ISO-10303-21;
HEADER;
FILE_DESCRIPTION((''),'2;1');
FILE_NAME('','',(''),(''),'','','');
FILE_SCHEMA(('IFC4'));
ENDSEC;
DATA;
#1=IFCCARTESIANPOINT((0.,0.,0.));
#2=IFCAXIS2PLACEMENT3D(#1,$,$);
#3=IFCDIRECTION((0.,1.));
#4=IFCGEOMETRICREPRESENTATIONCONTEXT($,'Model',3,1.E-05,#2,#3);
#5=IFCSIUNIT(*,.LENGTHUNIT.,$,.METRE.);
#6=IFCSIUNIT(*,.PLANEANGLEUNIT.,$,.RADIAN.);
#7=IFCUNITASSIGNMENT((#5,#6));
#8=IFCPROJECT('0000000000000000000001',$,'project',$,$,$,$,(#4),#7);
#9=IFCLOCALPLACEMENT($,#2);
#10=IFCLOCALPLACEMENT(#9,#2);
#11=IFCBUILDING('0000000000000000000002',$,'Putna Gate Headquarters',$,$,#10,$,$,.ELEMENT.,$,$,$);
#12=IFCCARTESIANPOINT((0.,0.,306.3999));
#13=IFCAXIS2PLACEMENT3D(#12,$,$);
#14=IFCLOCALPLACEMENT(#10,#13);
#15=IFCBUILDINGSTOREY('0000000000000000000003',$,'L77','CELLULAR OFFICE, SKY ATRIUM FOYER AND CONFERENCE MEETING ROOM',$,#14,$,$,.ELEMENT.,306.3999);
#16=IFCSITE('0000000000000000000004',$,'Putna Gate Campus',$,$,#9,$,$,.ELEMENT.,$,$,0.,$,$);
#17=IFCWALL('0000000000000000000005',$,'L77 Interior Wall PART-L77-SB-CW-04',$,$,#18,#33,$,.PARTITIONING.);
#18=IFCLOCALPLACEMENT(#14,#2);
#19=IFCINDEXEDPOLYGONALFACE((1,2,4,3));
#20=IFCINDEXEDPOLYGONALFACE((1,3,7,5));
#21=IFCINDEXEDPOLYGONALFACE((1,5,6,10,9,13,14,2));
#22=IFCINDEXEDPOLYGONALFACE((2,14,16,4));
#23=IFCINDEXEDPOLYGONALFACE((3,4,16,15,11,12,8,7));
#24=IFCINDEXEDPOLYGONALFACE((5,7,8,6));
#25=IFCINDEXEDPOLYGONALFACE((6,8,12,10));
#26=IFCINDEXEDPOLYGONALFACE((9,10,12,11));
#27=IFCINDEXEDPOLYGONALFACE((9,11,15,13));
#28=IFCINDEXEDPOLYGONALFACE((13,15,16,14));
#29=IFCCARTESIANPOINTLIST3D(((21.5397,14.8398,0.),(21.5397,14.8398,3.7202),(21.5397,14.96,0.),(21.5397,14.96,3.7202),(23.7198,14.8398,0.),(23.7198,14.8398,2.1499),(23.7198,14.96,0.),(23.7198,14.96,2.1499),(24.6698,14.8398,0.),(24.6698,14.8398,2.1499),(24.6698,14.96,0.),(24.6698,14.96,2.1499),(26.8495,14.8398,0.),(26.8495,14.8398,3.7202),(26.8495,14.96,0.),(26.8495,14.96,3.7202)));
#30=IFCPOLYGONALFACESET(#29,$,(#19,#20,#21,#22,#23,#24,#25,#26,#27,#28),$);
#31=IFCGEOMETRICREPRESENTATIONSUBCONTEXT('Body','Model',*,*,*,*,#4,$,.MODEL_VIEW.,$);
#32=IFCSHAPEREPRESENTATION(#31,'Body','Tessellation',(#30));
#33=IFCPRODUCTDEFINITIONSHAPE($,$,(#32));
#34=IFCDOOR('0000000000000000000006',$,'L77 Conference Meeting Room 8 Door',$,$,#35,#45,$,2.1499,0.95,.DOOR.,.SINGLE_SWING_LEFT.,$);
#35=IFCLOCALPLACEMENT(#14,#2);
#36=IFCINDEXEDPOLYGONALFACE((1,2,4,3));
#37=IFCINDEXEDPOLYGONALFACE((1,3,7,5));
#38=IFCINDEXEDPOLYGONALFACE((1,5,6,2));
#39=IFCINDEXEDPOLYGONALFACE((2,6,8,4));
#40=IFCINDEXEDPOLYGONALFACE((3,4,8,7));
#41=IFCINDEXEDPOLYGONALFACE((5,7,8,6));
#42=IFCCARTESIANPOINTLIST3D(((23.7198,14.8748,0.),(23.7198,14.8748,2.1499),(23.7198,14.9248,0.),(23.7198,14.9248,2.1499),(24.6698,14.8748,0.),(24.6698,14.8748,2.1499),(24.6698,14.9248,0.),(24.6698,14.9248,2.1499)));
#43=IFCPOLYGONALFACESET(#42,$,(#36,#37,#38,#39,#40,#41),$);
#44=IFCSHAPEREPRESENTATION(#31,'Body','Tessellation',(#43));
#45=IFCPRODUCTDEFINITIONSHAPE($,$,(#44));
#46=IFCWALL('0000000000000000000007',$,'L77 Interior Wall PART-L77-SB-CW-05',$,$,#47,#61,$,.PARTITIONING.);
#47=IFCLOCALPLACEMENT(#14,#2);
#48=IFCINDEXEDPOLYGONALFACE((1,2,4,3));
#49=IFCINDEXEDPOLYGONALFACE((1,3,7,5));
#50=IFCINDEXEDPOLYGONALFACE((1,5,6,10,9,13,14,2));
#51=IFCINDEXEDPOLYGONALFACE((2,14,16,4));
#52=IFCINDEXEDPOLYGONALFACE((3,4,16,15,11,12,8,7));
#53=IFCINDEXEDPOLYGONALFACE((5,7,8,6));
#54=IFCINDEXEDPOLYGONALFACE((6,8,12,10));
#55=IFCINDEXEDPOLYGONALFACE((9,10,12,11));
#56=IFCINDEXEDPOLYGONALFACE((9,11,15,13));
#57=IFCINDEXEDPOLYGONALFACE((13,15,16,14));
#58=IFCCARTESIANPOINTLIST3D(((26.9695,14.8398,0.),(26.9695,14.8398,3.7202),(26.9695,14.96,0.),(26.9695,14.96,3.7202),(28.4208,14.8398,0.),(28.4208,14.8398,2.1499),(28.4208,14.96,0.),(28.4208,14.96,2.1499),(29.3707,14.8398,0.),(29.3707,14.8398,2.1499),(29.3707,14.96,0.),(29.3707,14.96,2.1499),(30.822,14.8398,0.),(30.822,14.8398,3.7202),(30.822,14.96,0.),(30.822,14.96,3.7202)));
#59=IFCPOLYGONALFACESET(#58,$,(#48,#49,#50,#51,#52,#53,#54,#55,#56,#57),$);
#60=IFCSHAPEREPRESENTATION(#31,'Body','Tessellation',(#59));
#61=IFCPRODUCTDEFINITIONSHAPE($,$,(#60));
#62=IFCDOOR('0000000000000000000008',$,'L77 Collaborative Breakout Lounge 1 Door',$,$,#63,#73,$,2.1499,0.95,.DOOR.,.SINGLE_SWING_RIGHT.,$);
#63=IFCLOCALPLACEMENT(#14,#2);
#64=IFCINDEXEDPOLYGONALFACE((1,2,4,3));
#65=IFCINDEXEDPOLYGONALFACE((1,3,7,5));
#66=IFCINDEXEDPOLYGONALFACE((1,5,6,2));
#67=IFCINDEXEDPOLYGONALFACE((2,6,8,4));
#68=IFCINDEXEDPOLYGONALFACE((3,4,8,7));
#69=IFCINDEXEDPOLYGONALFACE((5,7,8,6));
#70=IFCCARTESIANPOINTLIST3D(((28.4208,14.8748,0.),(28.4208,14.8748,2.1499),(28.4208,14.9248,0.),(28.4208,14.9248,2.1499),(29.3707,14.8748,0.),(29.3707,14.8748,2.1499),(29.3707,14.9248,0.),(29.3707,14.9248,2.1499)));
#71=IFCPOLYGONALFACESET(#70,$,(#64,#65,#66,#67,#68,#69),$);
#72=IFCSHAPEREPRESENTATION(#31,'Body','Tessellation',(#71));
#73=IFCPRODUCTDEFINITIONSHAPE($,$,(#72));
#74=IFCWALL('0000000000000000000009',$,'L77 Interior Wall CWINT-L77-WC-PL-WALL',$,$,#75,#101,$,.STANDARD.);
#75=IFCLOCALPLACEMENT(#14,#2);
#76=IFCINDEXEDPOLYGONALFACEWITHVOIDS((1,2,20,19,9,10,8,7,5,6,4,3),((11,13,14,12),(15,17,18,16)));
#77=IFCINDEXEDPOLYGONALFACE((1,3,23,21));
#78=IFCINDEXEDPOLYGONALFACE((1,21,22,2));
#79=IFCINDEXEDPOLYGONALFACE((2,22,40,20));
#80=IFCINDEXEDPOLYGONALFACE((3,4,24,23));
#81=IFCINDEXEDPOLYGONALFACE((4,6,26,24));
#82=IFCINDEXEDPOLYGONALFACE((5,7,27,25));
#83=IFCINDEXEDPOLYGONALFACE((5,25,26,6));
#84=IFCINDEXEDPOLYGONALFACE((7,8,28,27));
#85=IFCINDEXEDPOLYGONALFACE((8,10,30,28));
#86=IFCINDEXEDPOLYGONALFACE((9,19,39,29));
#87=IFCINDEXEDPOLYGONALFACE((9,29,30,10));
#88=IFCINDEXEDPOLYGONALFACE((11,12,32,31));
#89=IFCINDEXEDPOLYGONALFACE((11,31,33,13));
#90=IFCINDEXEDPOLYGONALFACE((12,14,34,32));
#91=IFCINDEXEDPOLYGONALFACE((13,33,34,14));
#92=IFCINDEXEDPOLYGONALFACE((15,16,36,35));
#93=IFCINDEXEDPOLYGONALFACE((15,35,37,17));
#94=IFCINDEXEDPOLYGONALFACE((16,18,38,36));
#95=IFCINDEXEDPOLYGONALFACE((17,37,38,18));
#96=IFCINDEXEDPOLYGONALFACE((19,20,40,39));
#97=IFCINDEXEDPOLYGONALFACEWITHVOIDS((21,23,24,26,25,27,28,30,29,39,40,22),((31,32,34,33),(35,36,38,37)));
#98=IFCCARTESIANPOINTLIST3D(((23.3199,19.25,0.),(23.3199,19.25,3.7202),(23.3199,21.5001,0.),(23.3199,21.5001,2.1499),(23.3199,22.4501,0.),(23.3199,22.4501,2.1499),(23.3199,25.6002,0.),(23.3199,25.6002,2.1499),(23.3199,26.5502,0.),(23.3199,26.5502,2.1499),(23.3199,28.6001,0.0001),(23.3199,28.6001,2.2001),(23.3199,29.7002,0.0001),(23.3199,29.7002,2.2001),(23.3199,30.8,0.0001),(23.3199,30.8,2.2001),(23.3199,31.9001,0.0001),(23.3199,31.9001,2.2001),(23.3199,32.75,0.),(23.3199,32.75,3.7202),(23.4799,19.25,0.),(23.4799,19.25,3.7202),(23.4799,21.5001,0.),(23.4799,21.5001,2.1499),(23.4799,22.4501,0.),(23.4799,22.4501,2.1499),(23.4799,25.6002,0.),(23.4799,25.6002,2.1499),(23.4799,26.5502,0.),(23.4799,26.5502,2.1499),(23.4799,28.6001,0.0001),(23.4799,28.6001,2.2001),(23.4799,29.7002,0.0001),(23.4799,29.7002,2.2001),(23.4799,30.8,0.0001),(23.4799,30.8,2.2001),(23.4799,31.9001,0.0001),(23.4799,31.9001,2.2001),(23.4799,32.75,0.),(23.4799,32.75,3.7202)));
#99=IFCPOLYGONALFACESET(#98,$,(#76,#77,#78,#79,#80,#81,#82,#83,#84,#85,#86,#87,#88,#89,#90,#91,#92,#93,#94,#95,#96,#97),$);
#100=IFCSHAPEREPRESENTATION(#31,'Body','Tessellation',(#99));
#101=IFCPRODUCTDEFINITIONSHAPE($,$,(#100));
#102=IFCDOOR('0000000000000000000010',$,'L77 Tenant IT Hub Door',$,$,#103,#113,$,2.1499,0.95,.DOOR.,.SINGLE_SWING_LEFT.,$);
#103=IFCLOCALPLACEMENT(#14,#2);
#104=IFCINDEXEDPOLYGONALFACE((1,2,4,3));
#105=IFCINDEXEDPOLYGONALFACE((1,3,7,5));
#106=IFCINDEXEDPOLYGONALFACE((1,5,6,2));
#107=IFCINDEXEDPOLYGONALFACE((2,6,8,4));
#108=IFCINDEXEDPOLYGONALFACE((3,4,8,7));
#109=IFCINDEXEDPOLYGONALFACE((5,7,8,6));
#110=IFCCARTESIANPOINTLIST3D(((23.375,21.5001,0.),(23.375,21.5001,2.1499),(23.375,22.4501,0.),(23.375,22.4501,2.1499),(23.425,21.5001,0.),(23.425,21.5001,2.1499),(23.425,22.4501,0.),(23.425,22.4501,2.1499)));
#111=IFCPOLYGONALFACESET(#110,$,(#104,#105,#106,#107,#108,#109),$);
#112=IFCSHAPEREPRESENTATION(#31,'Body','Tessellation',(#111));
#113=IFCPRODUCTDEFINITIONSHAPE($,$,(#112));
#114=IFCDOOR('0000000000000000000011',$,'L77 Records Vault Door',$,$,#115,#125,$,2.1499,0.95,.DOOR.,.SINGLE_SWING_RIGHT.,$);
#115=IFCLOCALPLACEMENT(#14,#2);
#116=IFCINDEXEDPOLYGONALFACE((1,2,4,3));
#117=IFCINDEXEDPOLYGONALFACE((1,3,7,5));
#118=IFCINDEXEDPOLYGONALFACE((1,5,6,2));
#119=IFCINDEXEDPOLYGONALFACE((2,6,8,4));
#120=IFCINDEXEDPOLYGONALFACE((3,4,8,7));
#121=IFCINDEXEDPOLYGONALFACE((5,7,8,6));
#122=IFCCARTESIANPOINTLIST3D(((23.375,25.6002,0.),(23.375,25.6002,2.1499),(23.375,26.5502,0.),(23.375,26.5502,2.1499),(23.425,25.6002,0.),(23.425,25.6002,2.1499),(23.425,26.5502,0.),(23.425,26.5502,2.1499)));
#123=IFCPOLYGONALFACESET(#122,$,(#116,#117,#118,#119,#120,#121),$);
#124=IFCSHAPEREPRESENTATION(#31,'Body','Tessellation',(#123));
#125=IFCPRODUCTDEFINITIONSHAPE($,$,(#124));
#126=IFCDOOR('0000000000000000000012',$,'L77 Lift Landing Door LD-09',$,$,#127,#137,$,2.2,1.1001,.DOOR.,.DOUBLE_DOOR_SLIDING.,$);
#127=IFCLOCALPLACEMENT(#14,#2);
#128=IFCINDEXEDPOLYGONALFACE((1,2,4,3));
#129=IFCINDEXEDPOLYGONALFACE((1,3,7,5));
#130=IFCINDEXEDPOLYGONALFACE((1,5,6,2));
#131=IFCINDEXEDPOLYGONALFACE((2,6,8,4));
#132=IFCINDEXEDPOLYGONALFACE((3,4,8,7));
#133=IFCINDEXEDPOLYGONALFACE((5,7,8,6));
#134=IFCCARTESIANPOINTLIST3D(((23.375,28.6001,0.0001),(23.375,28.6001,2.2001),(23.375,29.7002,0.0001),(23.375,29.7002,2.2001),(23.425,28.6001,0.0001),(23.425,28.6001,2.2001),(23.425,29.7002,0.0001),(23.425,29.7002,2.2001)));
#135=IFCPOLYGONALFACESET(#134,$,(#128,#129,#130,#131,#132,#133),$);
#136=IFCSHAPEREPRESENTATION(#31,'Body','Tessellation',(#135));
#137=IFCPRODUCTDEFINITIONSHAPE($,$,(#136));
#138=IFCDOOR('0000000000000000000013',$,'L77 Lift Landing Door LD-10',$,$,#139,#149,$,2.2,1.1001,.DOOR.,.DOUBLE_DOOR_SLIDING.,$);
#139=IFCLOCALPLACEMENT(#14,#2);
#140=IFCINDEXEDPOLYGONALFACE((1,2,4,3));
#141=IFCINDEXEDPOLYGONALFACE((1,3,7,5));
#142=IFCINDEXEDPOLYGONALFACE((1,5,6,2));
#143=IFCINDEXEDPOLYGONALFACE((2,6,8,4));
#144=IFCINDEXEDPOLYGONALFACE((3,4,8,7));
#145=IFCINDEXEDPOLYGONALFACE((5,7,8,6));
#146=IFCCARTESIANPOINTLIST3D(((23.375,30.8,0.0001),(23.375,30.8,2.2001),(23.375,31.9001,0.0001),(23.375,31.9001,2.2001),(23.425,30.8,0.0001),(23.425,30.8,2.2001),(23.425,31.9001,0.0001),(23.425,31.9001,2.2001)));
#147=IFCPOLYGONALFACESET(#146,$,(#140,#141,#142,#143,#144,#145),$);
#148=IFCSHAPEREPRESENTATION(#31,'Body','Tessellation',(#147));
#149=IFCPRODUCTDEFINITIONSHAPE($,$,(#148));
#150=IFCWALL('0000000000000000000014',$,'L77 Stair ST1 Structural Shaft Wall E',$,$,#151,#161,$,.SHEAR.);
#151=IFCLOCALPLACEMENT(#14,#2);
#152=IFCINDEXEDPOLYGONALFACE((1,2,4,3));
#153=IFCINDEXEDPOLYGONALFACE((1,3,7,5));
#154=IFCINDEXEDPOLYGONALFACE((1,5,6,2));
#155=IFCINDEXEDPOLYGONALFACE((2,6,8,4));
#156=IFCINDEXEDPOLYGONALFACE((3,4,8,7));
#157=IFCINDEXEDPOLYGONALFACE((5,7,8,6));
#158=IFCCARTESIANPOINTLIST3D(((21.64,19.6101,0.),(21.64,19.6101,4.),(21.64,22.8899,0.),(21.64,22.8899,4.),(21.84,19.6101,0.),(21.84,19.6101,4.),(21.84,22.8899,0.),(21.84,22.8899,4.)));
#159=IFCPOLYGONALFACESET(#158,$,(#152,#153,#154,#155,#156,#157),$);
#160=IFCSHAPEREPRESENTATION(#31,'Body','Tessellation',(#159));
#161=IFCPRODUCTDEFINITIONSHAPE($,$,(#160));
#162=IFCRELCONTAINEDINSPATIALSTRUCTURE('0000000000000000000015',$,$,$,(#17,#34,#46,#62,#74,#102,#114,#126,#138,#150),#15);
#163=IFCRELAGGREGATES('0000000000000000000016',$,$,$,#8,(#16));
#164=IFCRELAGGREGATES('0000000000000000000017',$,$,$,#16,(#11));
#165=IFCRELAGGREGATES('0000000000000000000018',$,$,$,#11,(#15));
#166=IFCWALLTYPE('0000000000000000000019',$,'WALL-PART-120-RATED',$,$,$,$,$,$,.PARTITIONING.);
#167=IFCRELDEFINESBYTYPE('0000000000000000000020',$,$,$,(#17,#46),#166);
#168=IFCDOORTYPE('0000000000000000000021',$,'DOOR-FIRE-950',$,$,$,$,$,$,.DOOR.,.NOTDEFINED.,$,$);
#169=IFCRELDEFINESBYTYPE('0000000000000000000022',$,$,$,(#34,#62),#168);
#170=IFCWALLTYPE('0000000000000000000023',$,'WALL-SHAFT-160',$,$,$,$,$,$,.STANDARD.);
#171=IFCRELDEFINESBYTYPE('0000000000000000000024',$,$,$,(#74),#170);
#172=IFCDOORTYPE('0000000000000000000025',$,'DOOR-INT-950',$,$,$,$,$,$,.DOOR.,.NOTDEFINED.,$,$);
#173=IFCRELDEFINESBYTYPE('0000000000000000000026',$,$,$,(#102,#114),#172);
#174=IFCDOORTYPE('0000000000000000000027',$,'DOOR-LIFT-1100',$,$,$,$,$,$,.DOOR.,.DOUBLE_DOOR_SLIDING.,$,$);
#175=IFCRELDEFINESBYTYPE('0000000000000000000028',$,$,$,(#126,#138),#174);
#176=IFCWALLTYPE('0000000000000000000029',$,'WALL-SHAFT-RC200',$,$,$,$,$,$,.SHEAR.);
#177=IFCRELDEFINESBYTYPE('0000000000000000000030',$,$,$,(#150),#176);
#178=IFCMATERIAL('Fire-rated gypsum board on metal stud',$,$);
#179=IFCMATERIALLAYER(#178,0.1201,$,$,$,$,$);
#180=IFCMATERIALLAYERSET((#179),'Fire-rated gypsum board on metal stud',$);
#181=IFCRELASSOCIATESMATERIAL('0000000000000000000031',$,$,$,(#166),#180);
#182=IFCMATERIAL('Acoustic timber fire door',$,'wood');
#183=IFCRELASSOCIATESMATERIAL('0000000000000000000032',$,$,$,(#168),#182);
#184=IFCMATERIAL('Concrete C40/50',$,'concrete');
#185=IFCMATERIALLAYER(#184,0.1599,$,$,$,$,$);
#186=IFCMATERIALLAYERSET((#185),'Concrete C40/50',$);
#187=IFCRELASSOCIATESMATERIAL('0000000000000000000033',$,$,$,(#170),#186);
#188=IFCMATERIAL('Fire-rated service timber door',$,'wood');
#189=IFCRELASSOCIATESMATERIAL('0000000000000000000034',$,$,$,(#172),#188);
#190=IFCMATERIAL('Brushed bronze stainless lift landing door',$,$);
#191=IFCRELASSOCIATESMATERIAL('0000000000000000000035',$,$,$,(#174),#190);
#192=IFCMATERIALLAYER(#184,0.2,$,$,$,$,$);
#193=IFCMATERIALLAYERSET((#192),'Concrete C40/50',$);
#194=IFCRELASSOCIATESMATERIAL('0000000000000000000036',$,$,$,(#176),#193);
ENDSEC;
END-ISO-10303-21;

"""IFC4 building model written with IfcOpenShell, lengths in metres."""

from ifc_helpers import new_model, si_unit, direction, frame, frame_2d, origin, place, context, subcontext, project, spatial, rectangle, extrude, material, layer, layer_set, type_object, element, fill, save


model = new_model("IFC4")

# Units and contexts
model_context = context("Model", 3, precision=1e-05, world=origin(), true_north=direction((0.0, 1.0)))
body_context = subcontext(model_context, "Body", "Model", "MODEL_VIEW")
ifc_project = project(units=[si_unit("LENGTHUNIT", "METRE"), si_unit("PLANEANGLEUNIT", "RADIAN")], contexts=[model_context])

# Site, building, storey
site_placement = place(None, origin())
site = spatial("IfcSite", under=ifc_project, at=site_placement, Name="Putna Gate Campus", CompositionType="ELEMENT", RefElevation=0.0)
building_placement = place(site_placement, origin())
building = spatial("IfcBuilding", under=site, at=building_placement, Name="Putna Gate Headquarters", CompositionType="ELEMENT")
storey_placement = place(building_placement, frame((0.0, 0.0, 306.3999)))
storey = spatial("IfcBuildingStorey", under=building, at=storey_placement, Name="L77", Description="CELLULAR OFFICE, SKY ATRIUM FOYER AND CONFERENCE MEETING ROOM", CompositionType="ELEMENT", Elevation=306.3999)

# Walls, openings, doors
ifc_material_1 = material(Name="Fire-rated gypsum board on metal stud")
ifc_layer_1 = layer(ifc_material_1, 0.1201)
ifc_layer_set_1 = layer_set([ifc_layer_1], Name="Fire-rated gypsum board on metal stud")
wall_type_1 = type_object("IfcWallType", Name="WALL-PART-120-RATED", PredefinedType="PARTITIONING", material=ifc_layer_set_1)
wall_1_placement = place(storey_placement, frame((21.5398, 14.8999, 0.0), z_axis=(0.0, 0.0, 1.0), x_axis=(1.0, 0.0, 0.0)))
wall_1 = element("IfcWall", 1, at=wall_1_placement, inside=storey, type_object=wall_type_1, Name="L77 Interior Wall PART-L77-SB-CW-04", PredefinedType="PARTITIONING", context=body_context, shape_type="SweptSolid", body=[
    extrude(rectangle(XDim=5.3098, YDim=0.1201, at=frame_2d((2.6548, 0.0))), origin(), (0.0, 0.0, 1.0), 3.7202),
])
opening_1_placement = place(wall_1_placement, frame((2.1799, 0.0, 0.0)))
opening_1 = element("IfcOpeningElement", 2, at=opening_1_placement, cuts=wall_1, PredefinedType="OPENING", context=body_context, shape_type="SweptSolid", body=[
    extrude(rectangle(XDim=0.95, YDim=2.1499, at=frame_2d((0.4751, 1.075))), frame((0.0, 0.0701, 0.0), z_axis=(0.0, -1.0, 0.0), x_axis=(1.0, 0.0, 0.0)), (0.0, 0.0, 1.0), 0.1401),
])
ifc_material_2 = material(Name="Acoustic timber fire door", Category="wood")
door_type_1 = type_object("IfcDoorType", Name="DOOR-FIRE-950", OperationType="NOTDEFINED", PredefinedType="DOOR", material=ifc_material_2)
door_1_placement = place(opening_1_placement, origin())
door_1 = element("IfcDoor", 3, at=door_1_placement, inside=storey, type_object=door_type_1, Name="L77 Conference Meeting Room 8 Door", OperationType="SINGLE_SWING_LEFT", OverallHeight=2.1499, OverallWidth=0.95, PredefinedType="DOOR", context=body_context, shape_type="SweptSolid", body=[
    extrude(rectangle(XDim=0.95, YDim=2.1499, at=frame_2d((0.4751, 1.075))), frame((0.0, 0.0249, 0.0), z_axis=(0.0, -1.0, 0.0), x_axis=(1.0, 0.0, 0.0)), (0.0, 0.0, 1.0), 0.05),
])
fill(opening_1, door_1)
wall_2_placement = place(storey_placement, frame((26.9695, 14.8999, 0.0), z_axis=(0.0, 0.0, 1.0), x_axis=(1.0, 0.0, 0.0)))
wall_2 = element("IfcWall", 4, at=wall_2_placement, inside=storey, type_object=wall_type_1, Name="L77 Interior Wall PART-L77-SB-CW-05", PredefinedType="PARTITIONING", context=body_context, shape_type="SweptSolid", body=[
    extrude(rectangle(XDim=3.8525, YDim=0.1201, at=frame_2d((1.9263, 0.0))), origin(), (0.0, 0.0, 1.0), 3.7202),
])
opening_2_placement = place(wall_2_placement, frame((1.4512, 0.0, 0.0)))
opening_2 = element("IfcOpeningElement", 5, at=opening_2_placement, cuts=wall_2, PredefinedType="OPENING", context=body_context, shape_type="SweptSolid", body=[
    extrude(rectangle(XDim=0.95, YDim=2.1499, at=frame_2d((0.4751, 1.075))), frame((0.0, 0.0701, 0.0), z_axis=(0.0, -1.0, 0.0), x_axis=(1.0, 0.0, 0.0)), (0.0, 0.0, 1.0), 0.1401),
])
door_2_placement = place(opening_2_placement, origin())
door_2 = element("IfcDoor", 6, at=door_2_placement, inside=storey, type_object=door_type_1, Name="L77 Collaborative Breakout Lounge 1 Door", OperationType="SINGLE_SWING_RIGHT", OverallHeight=2.1499, OverallWidth=0.95, PredefinedType="DOOR", context=body_context, shape_type="SweptSolid", body=[
    extrude(rectangle(XDim=0.95, YDim=2.1499, at=frame_2d((0.4751, 1.075))), frame((0.0, 0.0249, 0.0), z_axis=(0.0, -1.0, 0.0), x_axis=(1.0, 0.0, 0.0)), (0.0, 0.0, 1.0), 0.05),
])
fill(opening_2, door_2)

# Wall, openings, doors
ifc_material_3 = material(Name="Concrete C40/50", Category="concrete")
ifc_layer_2 = layer(ifc_material_3, 0.1599)
ifc_layer_set_2 = layer_set([ifc_layer_2], Name="Concrete C40/50")
wall_type_2 = type_object("IfcWallType", Name="WALL-SHAFT-160", PredefinedType="STANDARD", material=ifc_layer_set_2)
wall_3_placement = place(storey_placement, frame((23.3999, 19.25, 0.0), z_axis=(0.0, 0.0, 1.0), x_axis=(0.0, 1.0, 0.0)))
wall_3 = element("IfcWall", 7, at=wall_3_placement, inside=storey, type_object=wall_type_2, Name="L77 Interior Wall CWINT-L77-WC-PL-WALL", PredefinedType="STANDARD", context=body_context, shape_type="SweptSolid", body=[
    extrude(rectangle(XDim=13.5, YDim=0.1599, at=frame_2d((6.75, 0.0))), origin(), (0.0, 0.0, 1.0), 3.7202),
])
opening_3_placement = place(wall_3_placement, frame((2.25, 0.0, 0.0)))
opening_3 = element("IfcOpeningElement", 8, at=opening_3_placement, cuts=wall_3, PredefinedType="OPENING", context=body_context, shape_type="SweptSolid", body=[
    extrude(rectangle(XDim=0.95, YDim=2.1499, at=frame_2d((0.4751, 1.075))), frame((0.0, 0.0898, 0.0), z_axis=(0.0, -1.0, 0.0), x_axis=(1.0, 0.0, 0.0)), (0.0, 0.0, 1.0), 0.1799),
])
opening_4_placement = place(wall_3_placement, frame((6.3501, 0.0, 0.0)))
opening_4 = element("IfcOpeningElement", 9, at=opening_4_placement, cuts=wall_3, PredefinedType="OPENING", context=body_context, shape_type="SweptSolid", body=[
    extrude(rectangle(XDim=0.95, YDim=2.1499, at=frame_2d((0.4751, 1.075))), frame((0.0, 0.0898, 0.0), z_axis=(0.0, -1.0, 0.0), x_axis=(1.0, 0.0, 0.0)), (0.0, 0.0, 1.0), 0.1799),
])
opening_5_placement = place(wall_3_placement, frame((9.3501, 0.0, 0.0)))
opening_5 = element("IfcOpeningElement", 10, at=opening_5_placement, cuts=wall_3, PredefinedType="OPENING", context=body_context, shape_type="SweptSolid", body=[
    extrude(rectangle(XDim=1.1001, YDim=2.2, at=frame_2d((0.55, 1.1001))), frame((0.0, 0.0898, 0.0), z_axis=(0.0, -1.0, 0.0), x_axis=(1.0, 0.0, 0.0)), (0.0, 0.0, 1.0), 0.1799),
])
opening_6_placement = place(wall_3_placement, frame((11.55, 0.0, 0.0)))
opening_6 = element("IfcOpeningElement", 11, at=opening_6_placement, cuts=wall_3, PredefinedType="OPENING", context=body_context, shape_type="SweptSolid", body=[
    extrude(rectangle(XDim=1.1001, YDim=2.2, at=frame_2d((0.55, 1.1001))), frame((0.0, 0.0898, 0.0), z_axis=(0.0, -1.0, 0.0), x_axis=(1.0, 0.0, 0.0)), (0.0, 0.0, 1.0), 0.1799),
])
ifc_material_4 = material(Name="Fire-rated service timber door", Category="wood")
door_type_2 = type_object("IfcDoorType", Name="DOOR-INT-950", OperationType="NOTDEFINED", PredefinedType="DOOR", material=ifc_material_4)
door_3_placement = place(opening_3_placement, origin())
door_3 = element("IfcDoor", 12, at=door_3_placement, inside=storey, type_object=door_type_2, Name="L77 Tenant IT Hub Door", OperationType="SINGLE_SWING_LEFT", OverallHeight=2.1499, OverallWidth=0.95, PredefinedType="DOOR", context=body_context, shape_type="SweptSolid", body=[
    extrude(rectangle(XDim=0.95, YDim=2.1499, at=frame_2d((0.4751, 1.075))), frame((0.0, 0.0249, 0.0), z_axis=(0.0, -1.0, 0.0), x_axis=(1.0, 0.0, 0.0)), (0.0, 0.0, 1.0), 0.05),
])
fill(opening_3, door_3)
door_4_placement = place(opening_4_placement, origin())
door_4 = element("IfcDoor", 13, at=door_4_placement, inside=storey, type_object=door_type_2, Name="L77 Records Vault Door", OperationType="SINGLE_SWING_RIGHT", OverallHeight=2.1499, OverallWidth=0.95, PredefinedType="DOOR", context=body_context, shape_type="SweptSolid", body=[
    extrude(rectangle(XDim=0.95, YDim=2.1499, at=frame_2d((0.4751, 1.075))), frame((0.0, 0.0249, 0.0), z_axis=(0.0, -1.0, 0.0), x_axis=(1.0, 0.0, 0.0)), (0.0, 0.0, 1.0), 0.05),
])
fill(opening_4, door_4)
ifc_material_5 = material(Name="Brushed bronze stainless lift landing door")
door_type_3 = type_object("IfcDoorType", Name="DOOR-LIFT-1100", OperationType="DOUBLE_DOOR_SLIDING", PredefinedType="DOOR", material=ifc_material_5)
door_5_placement = place(opening_5_placement, origin())
door_5 = element("IfcDoor", 14, at=door_5_placement, inside=storey, type_object=door_type_3, Name="L77 Lift Landing Door LD-09", OperationType="DOUBLE_DOOR_SLIDING", OverallHeight=2.2, OverallWidth=1.1001, PredefinedType="DOOR", context=body_context, shape_type="SweptSolid", body=[
    extrude(rectangle(XDim=1.1001, YDim=2.2, at=frame_2d((0.55, 1.1001))), frame((0.0, 0.0249, 0.0), z_axis=(0.0, -1.0, 0.0), x_axis=(1.0, 0.0, 0.0)), (0.0, 0.0, 1.0), 0.05),
])
fill(opening_5, door_5)
door_6_placement = place(opening_6_placement, origin())
door_6 = element("IfcDoor", 15, at=door_6_placement, inside=storey, type_object=door_type_3, Name="L77 Lift Landing Door LD-10", OperationType="DOUBLE_DOOR_SLIDING", OverallHeight=2.2, OverallWidth=1.1001, PredefinedType="DOOR", context=body_context, shape_type="SweptSolid", body=[
    extrude(rectangle(XDim=1.1001, YDim=2.2, at=frame_2d((0.55, 1.1001))), frame((0.0, 0.0249, 0.0), z_axis=(0.0, -1.0, 0.0), x_axis=(1.0, 0.0, 0.0)), (0.0, 0.0, 1.0), 0.05),
])
fill(opening_6, door_6)

# Wall
ifc_layer_3 = layer(ifc_material_3, 0.2)
ifc_layer_set_3 = layer_set([ifc_layer_3], Name="Concrete C40/50")
wall_type_3 = type_object("IfcWallType", Name="WALL-SHAFT-RC200", PredefinedType="SHEAR", material=ifc_layer_set_3)
wall_4_placement = place(storey_placement, frame((21.74, 19.6101, 0.0), z_axis=(0.0, 0.0, 1.0), x_axis=(0.0, 1.0, 0.0)))
element("IfcWall", 16, at=wall_4_placement, inside=storey, type_object=wall_type_3, Name="L77 Stair ST1 Structural Shaft Wall E", PredefinedType="SHEAR", context=body_context, shape_type="SweptSolid", body=[
    extrude(rectangle(XDim=3.2798, YDim=0.2, at=frame_2d((1.6399, 0.0))), origin(), (0.0, 0.0, 1.0), 4.0),
])

save(model, "model.ifc")
